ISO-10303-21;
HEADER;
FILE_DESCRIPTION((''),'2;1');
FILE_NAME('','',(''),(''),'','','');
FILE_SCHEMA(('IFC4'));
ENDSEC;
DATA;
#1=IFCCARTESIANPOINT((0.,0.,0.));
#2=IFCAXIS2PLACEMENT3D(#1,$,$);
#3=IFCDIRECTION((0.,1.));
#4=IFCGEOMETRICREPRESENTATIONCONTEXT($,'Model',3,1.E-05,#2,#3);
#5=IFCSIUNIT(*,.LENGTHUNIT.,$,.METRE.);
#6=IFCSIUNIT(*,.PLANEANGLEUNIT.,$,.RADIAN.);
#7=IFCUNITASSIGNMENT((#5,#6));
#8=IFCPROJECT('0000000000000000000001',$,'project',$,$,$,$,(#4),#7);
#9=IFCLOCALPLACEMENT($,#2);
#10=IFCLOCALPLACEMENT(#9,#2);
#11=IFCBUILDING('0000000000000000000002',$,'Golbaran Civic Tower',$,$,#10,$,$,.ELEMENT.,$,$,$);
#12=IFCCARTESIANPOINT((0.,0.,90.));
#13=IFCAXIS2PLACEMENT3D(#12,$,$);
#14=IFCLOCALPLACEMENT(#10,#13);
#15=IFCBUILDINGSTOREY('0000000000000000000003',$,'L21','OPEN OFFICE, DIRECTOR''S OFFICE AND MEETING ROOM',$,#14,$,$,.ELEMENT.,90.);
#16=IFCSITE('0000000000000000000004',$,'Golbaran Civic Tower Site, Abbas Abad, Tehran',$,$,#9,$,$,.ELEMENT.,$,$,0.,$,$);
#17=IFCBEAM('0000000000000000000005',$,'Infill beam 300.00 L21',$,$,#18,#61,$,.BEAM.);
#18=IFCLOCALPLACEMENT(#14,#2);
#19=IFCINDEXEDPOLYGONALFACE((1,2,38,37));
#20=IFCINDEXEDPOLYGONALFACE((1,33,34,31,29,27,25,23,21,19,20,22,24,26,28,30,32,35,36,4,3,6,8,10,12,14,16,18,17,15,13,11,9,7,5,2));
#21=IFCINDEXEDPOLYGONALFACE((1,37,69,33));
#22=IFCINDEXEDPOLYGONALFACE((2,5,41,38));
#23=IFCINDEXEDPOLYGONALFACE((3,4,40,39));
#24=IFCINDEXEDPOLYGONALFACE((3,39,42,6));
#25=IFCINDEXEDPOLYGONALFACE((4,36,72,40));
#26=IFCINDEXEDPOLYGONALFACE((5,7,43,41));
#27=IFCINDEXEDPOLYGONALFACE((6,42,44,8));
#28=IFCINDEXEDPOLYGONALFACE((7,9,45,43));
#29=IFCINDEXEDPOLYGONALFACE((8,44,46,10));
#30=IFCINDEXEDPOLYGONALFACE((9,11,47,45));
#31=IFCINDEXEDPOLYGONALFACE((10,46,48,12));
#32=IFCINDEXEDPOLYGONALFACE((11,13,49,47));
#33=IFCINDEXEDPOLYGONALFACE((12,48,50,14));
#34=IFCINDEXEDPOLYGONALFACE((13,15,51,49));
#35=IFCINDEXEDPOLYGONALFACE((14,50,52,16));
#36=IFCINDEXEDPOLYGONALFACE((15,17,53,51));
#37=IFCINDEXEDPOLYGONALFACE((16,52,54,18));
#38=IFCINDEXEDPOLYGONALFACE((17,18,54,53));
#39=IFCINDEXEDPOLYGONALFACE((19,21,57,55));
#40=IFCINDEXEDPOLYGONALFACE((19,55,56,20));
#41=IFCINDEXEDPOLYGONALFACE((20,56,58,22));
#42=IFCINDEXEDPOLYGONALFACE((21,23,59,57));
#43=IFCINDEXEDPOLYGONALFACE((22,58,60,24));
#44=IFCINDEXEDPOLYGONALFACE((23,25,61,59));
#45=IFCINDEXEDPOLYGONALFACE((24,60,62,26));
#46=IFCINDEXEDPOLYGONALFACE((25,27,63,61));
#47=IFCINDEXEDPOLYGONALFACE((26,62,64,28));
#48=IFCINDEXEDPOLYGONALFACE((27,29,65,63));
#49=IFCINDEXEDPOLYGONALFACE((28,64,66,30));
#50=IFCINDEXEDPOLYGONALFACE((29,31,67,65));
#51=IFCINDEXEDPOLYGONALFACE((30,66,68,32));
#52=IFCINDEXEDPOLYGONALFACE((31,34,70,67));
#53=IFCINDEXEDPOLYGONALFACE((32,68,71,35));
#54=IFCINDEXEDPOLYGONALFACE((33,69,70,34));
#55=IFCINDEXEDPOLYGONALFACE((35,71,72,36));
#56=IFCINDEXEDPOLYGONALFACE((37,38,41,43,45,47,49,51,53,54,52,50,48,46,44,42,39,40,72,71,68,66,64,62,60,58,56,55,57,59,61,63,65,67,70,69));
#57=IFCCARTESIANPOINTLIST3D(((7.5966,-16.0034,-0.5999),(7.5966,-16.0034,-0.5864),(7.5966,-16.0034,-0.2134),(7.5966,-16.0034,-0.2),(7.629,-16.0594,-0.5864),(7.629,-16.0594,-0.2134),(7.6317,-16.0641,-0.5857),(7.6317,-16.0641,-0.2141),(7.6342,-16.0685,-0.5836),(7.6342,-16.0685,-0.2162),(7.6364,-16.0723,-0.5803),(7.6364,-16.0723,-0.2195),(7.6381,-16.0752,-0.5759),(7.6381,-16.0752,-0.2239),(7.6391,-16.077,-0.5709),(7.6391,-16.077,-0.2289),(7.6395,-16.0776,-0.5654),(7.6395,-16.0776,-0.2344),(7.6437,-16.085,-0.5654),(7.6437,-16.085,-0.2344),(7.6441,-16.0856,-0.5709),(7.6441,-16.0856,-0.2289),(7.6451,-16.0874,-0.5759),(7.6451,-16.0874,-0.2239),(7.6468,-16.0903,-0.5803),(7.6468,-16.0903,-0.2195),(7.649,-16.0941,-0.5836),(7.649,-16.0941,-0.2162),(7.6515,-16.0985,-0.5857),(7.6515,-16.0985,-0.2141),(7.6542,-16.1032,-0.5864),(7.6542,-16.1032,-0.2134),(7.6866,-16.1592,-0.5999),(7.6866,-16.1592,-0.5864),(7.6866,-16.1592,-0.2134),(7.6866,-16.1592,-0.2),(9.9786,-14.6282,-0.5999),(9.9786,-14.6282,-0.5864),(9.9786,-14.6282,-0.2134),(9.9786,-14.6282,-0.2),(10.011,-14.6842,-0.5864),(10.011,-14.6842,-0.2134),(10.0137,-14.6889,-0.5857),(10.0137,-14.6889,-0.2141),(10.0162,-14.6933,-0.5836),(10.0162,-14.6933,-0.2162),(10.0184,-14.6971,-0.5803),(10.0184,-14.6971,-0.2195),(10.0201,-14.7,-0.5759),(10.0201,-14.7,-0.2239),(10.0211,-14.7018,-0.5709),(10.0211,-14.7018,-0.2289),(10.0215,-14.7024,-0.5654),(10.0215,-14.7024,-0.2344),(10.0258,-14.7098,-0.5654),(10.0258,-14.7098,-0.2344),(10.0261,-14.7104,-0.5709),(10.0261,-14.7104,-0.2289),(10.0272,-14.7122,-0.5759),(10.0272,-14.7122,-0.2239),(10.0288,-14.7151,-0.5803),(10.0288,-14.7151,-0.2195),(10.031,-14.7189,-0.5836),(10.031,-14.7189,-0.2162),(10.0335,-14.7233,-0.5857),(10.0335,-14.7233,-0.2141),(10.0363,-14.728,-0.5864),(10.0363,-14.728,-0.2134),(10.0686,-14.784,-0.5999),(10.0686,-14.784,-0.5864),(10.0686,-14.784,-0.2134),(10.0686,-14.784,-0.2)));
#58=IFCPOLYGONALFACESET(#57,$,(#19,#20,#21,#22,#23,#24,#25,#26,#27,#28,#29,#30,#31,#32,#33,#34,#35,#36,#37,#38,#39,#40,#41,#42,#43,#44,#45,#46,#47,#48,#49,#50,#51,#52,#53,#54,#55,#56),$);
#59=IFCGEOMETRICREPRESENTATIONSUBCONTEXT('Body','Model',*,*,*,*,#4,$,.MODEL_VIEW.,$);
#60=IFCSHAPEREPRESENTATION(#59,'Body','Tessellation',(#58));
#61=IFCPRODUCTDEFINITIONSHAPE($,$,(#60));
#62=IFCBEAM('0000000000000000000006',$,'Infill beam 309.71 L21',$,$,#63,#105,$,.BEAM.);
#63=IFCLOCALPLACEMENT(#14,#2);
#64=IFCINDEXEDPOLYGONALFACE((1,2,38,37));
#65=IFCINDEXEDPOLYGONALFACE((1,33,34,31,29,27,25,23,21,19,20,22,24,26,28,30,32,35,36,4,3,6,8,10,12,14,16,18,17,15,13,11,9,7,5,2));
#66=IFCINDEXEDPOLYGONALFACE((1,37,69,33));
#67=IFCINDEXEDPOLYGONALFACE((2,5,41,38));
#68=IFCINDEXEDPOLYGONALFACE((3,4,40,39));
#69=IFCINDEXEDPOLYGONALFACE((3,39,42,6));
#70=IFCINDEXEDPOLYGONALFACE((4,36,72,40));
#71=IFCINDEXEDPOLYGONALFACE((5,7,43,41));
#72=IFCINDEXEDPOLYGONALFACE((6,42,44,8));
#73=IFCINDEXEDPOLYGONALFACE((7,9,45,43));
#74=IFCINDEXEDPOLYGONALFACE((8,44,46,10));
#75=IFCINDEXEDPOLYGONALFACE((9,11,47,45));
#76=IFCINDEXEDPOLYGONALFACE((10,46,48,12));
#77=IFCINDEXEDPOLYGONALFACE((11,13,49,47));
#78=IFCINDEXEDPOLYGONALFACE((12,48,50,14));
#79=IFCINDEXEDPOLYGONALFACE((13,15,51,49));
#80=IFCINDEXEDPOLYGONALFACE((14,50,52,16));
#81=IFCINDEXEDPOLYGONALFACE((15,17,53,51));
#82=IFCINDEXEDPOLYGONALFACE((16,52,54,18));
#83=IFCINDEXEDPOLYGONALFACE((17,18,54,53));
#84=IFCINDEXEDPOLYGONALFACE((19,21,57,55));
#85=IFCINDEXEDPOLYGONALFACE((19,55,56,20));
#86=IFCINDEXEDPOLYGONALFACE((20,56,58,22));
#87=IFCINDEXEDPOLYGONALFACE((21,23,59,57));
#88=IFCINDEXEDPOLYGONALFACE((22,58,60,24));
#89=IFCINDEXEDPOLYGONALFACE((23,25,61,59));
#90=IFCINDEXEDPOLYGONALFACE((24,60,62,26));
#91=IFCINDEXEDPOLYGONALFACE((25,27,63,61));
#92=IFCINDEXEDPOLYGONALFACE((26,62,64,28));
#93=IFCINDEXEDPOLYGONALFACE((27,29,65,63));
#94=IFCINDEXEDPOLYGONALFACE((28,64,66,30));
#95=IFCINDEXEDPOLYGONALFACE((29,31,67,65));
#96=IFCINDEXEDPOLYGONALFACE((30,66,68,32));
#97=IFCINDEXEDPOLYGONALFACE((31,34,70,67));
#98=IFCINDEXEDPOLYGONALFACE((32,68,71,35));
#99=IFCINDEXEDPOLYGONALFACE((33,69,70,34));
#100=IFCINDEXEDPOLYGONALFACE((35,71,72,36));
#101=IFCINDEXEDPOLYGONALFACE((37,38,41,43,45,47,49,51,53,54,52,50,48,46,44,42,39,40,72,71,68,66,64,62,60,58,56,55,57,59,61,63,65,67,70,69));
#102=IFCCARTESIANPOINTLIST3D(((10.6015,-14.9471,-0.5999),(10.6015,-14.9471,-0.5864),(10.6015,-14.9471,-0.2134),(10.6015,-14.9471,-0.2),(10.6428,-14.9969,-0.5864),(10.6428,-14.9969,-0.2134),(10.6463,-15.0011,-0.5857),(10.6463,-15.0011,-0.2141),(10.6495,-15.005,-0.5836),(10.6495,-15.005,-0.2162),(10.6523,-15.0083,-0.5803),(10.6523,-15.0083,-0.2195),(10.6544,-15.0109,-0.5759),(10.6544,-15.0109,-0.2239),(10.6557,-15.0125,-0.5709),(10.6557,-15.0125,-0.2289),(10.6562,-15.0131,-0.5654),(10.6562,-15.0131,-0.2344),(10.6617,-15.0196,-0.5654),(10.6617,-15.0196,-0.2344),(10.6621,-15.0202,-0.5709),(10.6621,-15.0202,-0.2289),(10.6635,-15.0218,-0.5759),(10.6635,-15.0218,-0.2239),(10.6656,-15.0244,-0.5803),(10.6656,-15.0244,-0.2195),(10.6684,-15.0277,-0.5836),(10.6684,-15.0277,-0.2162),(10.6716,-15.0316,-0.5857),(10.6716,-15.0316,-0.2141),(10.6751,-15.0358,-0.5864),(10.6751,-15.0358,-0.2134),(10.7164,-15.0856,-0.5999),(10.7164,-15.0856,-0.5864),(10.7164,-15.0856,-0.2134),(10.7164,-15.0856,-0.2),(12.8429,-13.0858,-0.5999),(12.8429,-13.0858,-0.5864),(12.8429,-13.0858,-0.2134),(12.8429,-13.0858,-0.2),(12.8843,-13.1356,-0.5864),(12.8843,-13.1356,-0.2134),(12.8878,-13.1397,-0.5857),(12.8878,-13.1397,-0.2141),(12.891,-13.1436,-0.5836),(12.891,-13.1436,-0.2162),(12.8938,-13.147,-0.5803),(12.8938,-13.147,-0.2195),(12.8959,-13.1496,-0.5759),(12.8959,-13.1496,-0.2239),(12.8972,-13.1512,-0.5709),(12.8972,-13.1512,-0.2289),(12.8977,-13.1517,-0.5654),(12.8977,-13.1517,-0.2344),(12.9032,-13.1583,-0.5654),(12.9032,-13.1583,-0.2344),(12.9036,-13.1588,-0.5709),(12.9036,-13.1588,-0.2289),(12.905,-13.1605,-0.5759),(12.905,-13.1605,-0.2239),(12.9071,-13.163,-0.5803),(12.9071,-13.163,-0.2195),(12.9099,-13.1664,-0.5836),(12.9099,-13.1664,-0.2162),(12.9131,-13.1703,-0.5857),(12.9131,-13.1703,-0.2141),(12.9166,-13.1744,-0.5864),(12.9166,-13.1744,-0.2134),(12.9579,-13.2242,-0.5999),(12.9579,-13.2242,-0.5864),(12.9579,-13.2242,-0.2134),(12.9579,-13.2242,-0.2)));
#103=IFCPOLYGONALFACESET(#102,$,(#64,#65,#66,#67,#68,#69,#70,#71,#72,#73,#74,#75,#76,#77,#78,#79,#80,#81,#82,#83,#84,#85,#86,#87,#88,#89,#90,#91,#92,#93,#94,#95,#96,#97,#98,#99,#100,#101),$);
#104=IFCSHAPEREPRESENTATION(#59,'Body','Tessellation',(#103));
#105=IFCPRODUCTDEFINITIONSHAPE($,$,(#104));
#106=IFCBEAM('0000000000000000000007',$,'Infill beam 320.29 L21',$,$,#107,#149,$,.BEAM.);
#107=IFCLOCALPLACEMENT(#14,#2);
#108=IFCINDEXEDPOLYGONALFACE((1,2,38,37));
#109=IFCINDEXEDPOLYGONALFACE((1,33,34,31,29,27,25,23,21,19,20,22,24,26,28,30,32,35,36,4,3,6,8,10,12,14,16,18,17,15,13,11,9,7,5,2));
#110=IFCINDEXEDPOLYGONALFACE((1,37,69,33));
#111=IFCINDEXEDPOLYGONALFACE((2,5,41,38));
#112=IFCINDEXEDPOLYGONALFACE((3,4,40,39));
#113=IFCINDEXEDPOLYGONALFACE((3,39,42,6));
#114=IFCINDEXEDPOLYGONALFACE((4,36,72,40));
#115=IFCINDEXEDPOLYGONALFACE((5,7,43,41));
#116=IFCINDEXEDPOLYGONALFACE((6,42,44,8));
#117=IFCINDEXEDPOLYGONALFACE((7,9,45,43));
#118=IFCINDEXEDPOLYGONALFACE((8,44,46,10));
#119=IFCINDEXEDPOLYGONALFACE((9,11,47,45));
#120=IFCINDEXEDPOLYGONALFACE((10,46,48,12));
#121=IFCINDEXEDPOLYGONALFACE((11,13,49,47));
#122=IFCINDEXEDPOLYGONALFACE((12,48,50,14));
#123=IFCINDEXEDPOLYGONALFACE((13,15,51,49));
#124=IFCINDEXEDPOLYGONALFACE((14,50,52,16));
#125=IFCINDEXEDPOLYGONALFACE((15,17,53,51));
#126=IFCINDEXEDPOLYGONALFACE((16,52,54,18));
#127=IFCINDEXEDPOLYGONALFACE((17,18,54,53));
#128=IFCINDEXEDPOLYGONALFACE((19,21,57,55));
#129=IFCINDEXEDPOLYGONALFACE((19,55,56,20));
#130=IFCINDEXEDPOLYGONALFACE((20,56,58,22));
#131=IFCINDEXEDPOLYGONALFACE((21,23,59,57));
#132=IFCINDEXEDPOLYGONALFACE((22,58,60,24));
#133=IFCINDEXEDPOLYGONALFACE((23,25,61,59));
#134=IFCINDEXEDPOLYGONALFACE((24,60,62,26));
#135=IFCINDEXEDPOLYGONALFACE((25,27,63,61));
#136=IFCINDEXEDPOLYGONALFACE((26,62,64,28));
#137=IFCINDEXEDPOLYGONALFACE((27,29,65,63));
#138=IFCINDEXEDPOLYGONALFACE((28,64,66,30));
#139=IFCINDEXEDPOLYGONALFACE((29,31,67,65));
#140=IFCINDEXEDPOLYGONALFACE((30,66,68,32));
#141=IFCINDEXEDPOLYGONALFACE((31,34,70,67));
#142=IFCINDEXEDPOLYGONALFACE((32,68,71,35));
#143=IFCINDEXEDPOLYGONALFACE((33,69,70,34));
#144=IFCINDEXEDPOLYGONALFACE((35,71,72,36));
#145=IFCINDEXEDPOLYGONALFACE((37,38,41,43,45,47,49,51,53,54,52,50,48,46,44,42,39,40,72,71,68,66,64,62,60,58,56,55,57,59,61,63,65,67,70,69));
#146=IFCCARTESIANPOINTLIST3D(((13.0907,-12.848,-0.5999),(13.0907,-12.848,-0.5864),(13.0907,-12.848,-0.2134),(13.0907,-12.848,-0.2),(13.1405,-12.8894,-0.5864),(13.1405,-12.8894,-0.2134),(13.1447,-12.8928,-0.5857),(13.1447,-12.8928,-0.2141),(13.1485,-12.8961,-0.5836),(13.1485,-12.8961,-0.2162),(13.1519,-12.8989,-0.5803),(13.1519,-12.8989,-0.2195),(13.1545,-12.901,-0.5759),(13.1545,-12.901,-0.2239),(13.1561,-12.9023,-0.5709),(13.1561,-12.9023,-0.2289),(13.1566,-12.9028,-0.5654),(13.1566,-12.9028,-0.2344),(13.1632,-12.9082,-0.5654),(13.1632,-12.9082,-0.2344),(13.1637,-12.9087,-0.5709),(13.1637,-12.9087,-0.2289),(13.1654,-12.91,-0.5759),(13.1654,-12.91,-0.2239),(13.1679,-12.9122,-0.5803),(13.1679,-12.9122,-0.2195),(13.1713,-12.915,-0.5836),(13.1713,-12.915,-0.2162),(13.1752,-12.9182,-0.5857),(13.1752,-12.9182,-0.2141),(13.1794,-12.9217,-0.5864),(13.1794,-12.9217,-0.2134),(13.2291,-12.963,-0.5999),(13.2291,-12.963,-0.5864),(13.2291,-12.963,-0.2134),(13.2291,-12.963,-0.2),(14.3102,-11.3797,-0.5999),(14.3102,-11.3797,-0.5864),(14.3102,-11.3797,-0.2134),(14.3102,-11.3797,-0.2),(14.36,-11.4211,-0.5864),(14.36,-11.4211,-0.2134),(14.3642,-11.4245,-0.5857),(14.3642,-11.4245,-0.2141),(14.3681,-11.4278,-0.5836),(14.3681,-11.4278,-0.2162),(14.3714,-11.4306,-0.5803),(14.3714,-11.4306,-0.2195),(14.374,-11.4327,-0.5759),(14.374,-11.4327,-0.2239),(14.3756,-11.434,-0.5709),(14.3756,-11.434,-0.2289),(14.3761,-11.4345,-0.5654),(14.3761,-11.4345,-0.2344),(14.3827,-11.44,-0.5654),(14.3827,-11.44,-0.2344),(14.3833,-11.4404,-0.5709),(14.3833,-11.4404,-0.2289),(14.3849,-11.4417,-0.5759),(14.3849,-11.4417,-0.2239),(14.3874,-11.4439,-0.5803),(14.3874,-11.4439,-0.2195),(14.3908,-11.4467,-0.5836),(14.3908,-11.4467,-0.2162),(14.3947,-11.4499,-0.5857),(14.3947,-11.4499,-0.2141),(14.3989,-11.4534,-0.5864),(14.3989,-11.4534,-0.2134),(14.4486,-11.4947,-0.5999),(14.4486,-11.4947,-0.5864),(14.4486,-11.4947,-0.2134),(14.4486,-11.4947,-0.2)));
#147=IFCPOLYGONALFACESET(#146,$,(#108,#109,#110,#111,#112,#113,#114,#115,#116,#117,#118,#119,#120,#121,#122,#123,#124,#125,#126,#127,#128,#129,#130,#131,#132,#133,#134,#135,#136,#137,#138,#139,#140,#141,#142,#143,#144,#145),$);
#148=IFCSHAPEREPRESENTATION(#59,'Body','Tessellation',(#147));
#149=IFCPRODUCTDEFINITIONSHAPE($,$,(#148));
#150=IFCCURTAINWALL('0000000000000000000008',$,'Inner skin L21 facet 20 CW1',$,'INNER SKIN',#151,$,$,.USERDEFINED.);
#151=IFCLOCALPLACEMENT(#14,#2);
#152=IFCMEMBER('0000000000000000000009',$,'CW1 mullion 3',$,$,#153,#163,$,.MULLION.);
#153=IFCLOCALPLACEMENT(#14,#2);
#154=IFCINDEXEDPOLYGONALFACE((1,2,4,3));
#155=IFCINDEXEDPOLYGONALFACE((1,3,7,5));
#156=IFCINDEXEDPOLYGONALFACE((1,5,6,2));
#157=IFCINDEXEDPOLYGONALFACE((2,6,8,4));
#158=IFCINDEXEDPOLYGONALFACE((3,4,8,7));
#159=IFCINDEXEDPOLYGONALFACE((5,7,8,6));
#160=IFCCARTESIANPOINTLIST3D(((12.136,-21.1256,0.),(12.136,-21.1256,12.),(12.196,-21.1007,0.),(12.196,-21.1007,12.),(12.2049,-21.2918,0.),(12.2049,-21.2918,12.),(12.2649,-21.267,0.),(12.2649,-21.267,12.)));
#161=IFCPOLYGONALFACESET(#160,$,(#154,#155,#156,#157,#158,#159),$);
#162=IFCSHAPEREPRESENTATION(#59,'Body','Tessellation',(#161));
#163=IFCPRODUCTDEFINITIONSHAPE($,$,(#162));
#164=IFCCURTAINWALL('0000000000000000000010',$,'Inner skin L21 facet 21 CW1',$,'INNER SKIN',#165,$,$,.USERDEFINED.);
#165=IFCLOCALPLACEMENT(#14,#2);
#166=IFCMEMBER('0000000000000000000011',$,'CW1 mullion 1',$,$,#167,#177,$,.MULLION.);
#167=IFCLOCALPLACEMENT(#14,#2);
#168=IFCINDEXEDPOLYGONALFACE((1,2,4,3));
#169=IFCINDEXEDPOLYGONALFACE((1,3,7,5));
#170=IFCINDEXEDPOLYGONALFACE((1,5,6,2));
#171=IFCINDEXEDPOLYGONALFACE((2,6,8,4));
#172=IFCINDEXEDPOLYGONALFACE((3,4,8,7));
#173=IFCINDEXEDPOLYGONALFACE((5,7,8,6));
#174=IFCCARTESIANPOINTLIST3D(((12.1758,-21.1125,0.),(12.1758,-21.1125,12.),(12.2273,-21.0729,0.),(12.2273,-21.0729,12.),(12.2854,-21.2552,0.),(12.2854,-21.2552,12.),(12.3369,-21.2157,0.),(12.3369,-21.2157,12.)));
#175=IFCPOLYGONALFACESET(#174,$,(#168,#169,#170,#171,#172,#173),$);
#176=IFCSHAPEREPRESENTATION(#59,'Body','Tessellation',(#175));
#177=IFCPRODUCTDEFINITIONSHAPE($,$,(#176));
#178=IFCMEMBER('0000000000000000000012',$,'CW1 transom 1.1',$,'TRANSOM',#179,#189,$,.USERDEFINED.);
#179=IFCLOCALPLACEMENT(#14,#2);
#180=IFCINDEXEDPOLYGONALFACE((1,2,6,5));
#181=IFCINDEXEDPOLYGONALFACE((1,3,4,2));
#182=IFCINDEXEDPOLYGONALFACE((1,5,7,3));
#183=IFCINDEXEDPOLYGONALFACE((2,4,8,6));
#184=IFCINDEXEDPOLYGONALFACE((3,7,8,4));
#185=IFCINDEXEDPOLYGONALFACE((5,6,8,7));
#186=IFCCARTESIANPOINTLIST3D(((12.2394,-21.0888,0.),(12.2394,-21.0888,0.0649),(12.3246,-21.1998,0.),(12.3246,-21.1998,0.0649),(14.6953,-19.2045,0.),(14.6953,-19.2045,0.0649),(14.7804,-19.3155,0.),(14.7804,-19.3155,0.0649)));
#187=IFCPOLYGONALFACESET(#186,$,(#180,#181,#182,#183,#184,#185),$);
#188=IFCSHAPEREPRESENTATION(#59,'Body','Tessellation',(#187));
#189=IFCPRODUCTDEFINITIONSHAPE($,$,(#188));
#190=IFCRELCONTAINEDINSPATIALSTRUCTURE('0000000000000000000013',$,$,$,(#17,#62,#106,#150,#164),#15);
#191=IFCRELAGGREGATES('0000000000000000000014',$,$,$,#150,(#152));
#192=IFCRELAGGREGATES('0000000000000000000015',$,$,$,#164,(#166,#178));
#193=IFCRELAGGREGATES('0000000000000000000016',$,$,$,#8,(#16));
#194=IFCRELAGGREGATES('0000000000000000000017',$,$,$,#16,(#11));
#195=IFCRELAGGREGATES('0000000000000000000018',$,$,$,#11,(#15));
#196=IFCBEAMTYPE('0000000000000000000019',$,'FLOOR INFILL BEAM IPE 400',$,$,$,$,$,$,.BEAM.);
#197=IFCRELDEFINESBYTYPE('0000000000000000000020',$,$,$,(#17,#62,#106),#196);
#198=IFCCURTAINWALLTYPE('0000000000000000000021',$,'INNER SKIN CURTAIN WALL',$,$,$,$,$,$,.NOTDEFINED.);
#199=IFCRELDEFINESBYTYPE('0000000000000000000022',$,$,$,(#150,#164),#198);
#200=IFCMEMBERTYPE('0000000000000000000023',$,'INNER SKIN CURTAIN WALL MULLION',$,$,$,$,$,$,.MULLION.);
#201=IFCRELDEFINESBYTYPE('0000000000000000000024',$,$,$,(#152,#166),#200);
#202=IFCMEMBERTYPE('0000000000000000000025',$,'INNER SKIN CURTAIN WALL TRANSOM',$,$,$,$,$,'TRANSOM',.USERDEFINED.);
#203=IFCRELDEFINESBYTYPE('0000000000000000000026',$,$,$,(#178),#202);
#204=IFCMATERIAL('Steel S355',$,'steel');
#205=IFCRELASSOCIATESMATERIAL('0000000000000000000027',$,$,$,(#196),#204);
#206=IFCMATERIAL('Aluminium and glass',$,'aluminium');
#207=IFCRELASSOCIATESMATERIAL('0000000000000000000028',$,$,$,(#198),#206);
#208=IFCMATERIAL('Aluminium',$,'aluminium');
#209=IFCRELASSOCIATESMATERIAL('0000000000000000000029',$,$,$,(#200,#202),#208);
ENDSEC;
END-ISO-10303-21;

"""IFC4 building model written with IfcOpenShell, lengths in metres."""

from ifc_helpers import new_model, si_unit, direction, frame, origin, origin_2d, place, context, subcontext, project, spatial, rectangle, i_section, extrude, material, material_profile, profile_set, type_object, element, aggregate, save


model = new_model("IFC4")

# Units and contexts
model_context = context("Model", 3, precision=1e-05, world=origin(), true_north=direction((0.0, 1.0)))
body_context = subcontext(model_context, "Body", "Model", "MODEL_VIEW")
ifc_project = project(units=[si_unit("LENGTHUNIT", "METRE"), si_unit("PLANEANGLEUNIT", "RADIAN")], contexts=[model_context])

# Site, building, storey
site_placement = place(None, origin())
site = spatial("IfcSite", under=ifc_project, at=site_placement, Name="Golbaran Civic Tower Site, Abbas Abad, Tehran", CompositionType="ELEMENT", RefElevation=0.0)
building_placement = place(site_placement, origin())
building = spatial("IfcBuilding", under=site, at=building_placement, Name="Golbaran Civic Tower", CompositionType="ELEMENT")
storey_placement = place(building_placement, frame((0.0, 0.0, 90.0)))
storey = spatial("IfcBuildingStorey", under=building, at=storey_placement, Name="L21", Description="OPEN OFFICE, DIRECTOR'S OFFICE AND MEETING ROOM", CompositionType="ELEMENT", Elevation=90.0)

# Beams
ifc_material_1 = material(Name="Steel S355", Category="steel")
ifc_material_profile_1 = material_profile(ifc_material_1, i_section(OverallWidth=0.1799, OverallDepth=0.3999, WebThickness=0.0085, FlangeThickness=0.0134, FilletRadius=0.021, at=origin_2d()), Name="IPE 400")
ifc_profile_set_1 = profile_set([ifc_material_profile_1], Name="Steel S355")
beam_type_1 = type_object("IfcBeamType", Name="FLOOR INFILL BEAM IPE 400", PredefinedType="BEAM", material=ifc_profile_set_1)
beam_1_placement = place(storey_placement, frame((7.6416, -16.0813, -0.3999), z_axis=(0.866033, 0.499986, 0.0), x_axis=(-0.499986, 0.866033, 0.0)))
element("IfcBeam", 1, at=beam_1_placement, inside=storey, type_object=beam_type_1, Name="Infill beam 300.00 L21", PredefinedType="BEAM", context=body_context, shape_type="SweptSolid", body=[
    extrude(i_section(OverallWidth=0.1799, OverallDepth=0.3999, WebThickness=0.0085, FlangeThickness=0.0134, FilletRadius=0.021, at=origin_2d()), origin(), (0.0, 0.0, 1.0), 2.7505),
])
beam_2_placement = place(storey_placement, frame((10.6589, -15.0164, -0.3999), z_axis=(0.769326, 0.638856, 0.0), x_axis=(-0.638856, 0.769326, 0.0)))
element("IfcBeam", 2, at=beam_2_placement, inside=storey, type_object=beam_type_1, Name="Infill beam 309.71 L21", PredefinedType="BEAM", context=body_context, shape_type="SweptSolid", body=[
    extrude(i_section(OverallWidth=0.1799, OverallDepth=0.3999, WebThickness=0.0085, FlangeThickness=0.0134, FilletRadius=0.021, at=origin_2d()), origin(), (0.0, 0.0, 1.0), 2.9136),
])
beam_3_placement = place(storey_placement, frame((13.1599, -12.9055, -0.3999), z_axis=(0.638925, 0.769269, 0.0), x_axis=(-0.769269, 0.638925, 0.0)))
element("IfcBeam", 3, at=beam_3_placement, inside=storey, type_object=beam_type_1, Name="Infill beam 320.29 L21", PredefinedType="BEAM", context=body_context, shape_type="SweptSolid", body=[
    extrude(i_section(OverallWidth=0.1799, OverallDepth=0.3999, WebThickness=0.0085, FlangeThickness=0.0134, FilletRadius=0.021, at=origin_2d()), origin(), (0.0, 0.0, 1.0), 1.9087),
])

# Curtain wall, member
ifc_material_2 = material(Name="Aluminium and glass", Category="aluminium")
curtain_wall_type = type_object("IfcCurtainWallType", Name="INNER SKIN CURTAIN WALL", PredefinedType="NOTDEFINED", material=ifc_material_2)
curtain_wall_1_placement = place(storey_placement, origin())
curtain_wall_1 = element("IfcCurtainWall", 4, at=curtain_wall_1_placement, inside=storey, type_object=curtain_wall_type, Name="Inner skin L21 facet 20 CW1", ObjectType="INNER SKIN", PredefinedType="USERDEFINED")
ifc_material_3 = material(Name="Aluminium", Category="aluminium")
ifc_material_profile_2 = material_profile(ifc_material_3, rectangle(XDim=0.1799, YDim=0.0649, at=origin_2d()), Name="INNER SKIN CURTAIN WALL MULLION")
ifc_profile_set_2 = profile_set([ifc_material_profile_2], Name="Aluminium")
member_type_1 = type_object("IfcMemberType", Name="INNER SKIN CURTAIN WALL MULLION", PredefinedType="MULLION", material=ifc_profile_set_2)
member_1_placement = place(storey_placement, frame((12.2004, -21.1963, 0.0), z_axis=(0.0, 0.0, 1.0), x_axis=(-0.382683, 0.92388, 0.0)))
member_1 = element("IfcMember", 5, at=member_1_placement, type_object=member_type_1, Name="CW1 mullion 3", PredefinedType="MULLION", context=body_context, shape_type="SweptSolid", body=[
    extrude(rectangle(XDim=0.1799, YDim=0.0649, at=origin_2d()), origin(), (0.0, 0.0, 1.0), 12.0),
])

# Curtain wall, members
curtain_wall_2_placement = place(storey_placement, origin())
curtain_wall_2 = element("IfcCurtainWall", 6, at=curtain_wall_2_placement, inside=storey, type_object=curtain_wall_type, Name="Inner skin L21 facet 21 CW1", ObjectType="INNER SKIN", PredefinedType="USERDEFINED")
member_2_placement = place(storey_placement, frame((12.2563, -21.1641, 0.0), z_axis=(0.0, 0.0, 1.0), x_axis=(-0.608761, 0.793353, 0.0)))
member_2 = element("IfcMember", 7, at=member_2_placement, type_object=member_type_1, Name="CW1 mullion 1", PredefinedType="MULLION", context=body_context, shape_type="SweptSolid", body=[
    extrude(rectangle(XDim=0.1799, YDim=0.0649, at=origin_2d()), origin(), (0.0, 0.0, 1.0), 12.0),
])
ifc_material_profile_3 = material_profile(ifc_material_3, rectangle(XDim=0.1399, YDim=0.0649, at=origin_2d()), Name="INNER SKIN CURTAIN WALL TRANSOM")
ifc_profile_set_3 = profile_set([ifc_material_profile_3], Name="Aluminium")
member_type_2 = type_object("IfcMemberType", Name="INNER SKIN CURTAIN WALL TRANSOM", ElementType="TRANSOM", PredefinedType="USERDEFINED", material=ifc_profile_set_3)
member_3_placement = place(storey_placement, frame((12.282, -21.1443, 0.0325), z_axis=(0.793374, 0.608735, 0.0), x_axis=(-0.608735, 0.793374, 0.0)))
member_3 = element("IfcMember", 8, at=member_3_placement, type_object=member_type_2, Name="CW1 transom 1.1", ObjectType="TRANSOM", PredefinedType="USERDEFINED", context=body_context, shape_type="SweptSolid", body=[
    extrude(rectangle(XDim=0.1399, YDim=0.0649, at=origin_2d()), origin(), (0.0, 0.0, 1.0), 3.0955),
])

aggregate(curtain_wall_1, [member_1])
aggregate(curtain_wall_2, [member_2, member_3])

save(model, "model.ifc")
